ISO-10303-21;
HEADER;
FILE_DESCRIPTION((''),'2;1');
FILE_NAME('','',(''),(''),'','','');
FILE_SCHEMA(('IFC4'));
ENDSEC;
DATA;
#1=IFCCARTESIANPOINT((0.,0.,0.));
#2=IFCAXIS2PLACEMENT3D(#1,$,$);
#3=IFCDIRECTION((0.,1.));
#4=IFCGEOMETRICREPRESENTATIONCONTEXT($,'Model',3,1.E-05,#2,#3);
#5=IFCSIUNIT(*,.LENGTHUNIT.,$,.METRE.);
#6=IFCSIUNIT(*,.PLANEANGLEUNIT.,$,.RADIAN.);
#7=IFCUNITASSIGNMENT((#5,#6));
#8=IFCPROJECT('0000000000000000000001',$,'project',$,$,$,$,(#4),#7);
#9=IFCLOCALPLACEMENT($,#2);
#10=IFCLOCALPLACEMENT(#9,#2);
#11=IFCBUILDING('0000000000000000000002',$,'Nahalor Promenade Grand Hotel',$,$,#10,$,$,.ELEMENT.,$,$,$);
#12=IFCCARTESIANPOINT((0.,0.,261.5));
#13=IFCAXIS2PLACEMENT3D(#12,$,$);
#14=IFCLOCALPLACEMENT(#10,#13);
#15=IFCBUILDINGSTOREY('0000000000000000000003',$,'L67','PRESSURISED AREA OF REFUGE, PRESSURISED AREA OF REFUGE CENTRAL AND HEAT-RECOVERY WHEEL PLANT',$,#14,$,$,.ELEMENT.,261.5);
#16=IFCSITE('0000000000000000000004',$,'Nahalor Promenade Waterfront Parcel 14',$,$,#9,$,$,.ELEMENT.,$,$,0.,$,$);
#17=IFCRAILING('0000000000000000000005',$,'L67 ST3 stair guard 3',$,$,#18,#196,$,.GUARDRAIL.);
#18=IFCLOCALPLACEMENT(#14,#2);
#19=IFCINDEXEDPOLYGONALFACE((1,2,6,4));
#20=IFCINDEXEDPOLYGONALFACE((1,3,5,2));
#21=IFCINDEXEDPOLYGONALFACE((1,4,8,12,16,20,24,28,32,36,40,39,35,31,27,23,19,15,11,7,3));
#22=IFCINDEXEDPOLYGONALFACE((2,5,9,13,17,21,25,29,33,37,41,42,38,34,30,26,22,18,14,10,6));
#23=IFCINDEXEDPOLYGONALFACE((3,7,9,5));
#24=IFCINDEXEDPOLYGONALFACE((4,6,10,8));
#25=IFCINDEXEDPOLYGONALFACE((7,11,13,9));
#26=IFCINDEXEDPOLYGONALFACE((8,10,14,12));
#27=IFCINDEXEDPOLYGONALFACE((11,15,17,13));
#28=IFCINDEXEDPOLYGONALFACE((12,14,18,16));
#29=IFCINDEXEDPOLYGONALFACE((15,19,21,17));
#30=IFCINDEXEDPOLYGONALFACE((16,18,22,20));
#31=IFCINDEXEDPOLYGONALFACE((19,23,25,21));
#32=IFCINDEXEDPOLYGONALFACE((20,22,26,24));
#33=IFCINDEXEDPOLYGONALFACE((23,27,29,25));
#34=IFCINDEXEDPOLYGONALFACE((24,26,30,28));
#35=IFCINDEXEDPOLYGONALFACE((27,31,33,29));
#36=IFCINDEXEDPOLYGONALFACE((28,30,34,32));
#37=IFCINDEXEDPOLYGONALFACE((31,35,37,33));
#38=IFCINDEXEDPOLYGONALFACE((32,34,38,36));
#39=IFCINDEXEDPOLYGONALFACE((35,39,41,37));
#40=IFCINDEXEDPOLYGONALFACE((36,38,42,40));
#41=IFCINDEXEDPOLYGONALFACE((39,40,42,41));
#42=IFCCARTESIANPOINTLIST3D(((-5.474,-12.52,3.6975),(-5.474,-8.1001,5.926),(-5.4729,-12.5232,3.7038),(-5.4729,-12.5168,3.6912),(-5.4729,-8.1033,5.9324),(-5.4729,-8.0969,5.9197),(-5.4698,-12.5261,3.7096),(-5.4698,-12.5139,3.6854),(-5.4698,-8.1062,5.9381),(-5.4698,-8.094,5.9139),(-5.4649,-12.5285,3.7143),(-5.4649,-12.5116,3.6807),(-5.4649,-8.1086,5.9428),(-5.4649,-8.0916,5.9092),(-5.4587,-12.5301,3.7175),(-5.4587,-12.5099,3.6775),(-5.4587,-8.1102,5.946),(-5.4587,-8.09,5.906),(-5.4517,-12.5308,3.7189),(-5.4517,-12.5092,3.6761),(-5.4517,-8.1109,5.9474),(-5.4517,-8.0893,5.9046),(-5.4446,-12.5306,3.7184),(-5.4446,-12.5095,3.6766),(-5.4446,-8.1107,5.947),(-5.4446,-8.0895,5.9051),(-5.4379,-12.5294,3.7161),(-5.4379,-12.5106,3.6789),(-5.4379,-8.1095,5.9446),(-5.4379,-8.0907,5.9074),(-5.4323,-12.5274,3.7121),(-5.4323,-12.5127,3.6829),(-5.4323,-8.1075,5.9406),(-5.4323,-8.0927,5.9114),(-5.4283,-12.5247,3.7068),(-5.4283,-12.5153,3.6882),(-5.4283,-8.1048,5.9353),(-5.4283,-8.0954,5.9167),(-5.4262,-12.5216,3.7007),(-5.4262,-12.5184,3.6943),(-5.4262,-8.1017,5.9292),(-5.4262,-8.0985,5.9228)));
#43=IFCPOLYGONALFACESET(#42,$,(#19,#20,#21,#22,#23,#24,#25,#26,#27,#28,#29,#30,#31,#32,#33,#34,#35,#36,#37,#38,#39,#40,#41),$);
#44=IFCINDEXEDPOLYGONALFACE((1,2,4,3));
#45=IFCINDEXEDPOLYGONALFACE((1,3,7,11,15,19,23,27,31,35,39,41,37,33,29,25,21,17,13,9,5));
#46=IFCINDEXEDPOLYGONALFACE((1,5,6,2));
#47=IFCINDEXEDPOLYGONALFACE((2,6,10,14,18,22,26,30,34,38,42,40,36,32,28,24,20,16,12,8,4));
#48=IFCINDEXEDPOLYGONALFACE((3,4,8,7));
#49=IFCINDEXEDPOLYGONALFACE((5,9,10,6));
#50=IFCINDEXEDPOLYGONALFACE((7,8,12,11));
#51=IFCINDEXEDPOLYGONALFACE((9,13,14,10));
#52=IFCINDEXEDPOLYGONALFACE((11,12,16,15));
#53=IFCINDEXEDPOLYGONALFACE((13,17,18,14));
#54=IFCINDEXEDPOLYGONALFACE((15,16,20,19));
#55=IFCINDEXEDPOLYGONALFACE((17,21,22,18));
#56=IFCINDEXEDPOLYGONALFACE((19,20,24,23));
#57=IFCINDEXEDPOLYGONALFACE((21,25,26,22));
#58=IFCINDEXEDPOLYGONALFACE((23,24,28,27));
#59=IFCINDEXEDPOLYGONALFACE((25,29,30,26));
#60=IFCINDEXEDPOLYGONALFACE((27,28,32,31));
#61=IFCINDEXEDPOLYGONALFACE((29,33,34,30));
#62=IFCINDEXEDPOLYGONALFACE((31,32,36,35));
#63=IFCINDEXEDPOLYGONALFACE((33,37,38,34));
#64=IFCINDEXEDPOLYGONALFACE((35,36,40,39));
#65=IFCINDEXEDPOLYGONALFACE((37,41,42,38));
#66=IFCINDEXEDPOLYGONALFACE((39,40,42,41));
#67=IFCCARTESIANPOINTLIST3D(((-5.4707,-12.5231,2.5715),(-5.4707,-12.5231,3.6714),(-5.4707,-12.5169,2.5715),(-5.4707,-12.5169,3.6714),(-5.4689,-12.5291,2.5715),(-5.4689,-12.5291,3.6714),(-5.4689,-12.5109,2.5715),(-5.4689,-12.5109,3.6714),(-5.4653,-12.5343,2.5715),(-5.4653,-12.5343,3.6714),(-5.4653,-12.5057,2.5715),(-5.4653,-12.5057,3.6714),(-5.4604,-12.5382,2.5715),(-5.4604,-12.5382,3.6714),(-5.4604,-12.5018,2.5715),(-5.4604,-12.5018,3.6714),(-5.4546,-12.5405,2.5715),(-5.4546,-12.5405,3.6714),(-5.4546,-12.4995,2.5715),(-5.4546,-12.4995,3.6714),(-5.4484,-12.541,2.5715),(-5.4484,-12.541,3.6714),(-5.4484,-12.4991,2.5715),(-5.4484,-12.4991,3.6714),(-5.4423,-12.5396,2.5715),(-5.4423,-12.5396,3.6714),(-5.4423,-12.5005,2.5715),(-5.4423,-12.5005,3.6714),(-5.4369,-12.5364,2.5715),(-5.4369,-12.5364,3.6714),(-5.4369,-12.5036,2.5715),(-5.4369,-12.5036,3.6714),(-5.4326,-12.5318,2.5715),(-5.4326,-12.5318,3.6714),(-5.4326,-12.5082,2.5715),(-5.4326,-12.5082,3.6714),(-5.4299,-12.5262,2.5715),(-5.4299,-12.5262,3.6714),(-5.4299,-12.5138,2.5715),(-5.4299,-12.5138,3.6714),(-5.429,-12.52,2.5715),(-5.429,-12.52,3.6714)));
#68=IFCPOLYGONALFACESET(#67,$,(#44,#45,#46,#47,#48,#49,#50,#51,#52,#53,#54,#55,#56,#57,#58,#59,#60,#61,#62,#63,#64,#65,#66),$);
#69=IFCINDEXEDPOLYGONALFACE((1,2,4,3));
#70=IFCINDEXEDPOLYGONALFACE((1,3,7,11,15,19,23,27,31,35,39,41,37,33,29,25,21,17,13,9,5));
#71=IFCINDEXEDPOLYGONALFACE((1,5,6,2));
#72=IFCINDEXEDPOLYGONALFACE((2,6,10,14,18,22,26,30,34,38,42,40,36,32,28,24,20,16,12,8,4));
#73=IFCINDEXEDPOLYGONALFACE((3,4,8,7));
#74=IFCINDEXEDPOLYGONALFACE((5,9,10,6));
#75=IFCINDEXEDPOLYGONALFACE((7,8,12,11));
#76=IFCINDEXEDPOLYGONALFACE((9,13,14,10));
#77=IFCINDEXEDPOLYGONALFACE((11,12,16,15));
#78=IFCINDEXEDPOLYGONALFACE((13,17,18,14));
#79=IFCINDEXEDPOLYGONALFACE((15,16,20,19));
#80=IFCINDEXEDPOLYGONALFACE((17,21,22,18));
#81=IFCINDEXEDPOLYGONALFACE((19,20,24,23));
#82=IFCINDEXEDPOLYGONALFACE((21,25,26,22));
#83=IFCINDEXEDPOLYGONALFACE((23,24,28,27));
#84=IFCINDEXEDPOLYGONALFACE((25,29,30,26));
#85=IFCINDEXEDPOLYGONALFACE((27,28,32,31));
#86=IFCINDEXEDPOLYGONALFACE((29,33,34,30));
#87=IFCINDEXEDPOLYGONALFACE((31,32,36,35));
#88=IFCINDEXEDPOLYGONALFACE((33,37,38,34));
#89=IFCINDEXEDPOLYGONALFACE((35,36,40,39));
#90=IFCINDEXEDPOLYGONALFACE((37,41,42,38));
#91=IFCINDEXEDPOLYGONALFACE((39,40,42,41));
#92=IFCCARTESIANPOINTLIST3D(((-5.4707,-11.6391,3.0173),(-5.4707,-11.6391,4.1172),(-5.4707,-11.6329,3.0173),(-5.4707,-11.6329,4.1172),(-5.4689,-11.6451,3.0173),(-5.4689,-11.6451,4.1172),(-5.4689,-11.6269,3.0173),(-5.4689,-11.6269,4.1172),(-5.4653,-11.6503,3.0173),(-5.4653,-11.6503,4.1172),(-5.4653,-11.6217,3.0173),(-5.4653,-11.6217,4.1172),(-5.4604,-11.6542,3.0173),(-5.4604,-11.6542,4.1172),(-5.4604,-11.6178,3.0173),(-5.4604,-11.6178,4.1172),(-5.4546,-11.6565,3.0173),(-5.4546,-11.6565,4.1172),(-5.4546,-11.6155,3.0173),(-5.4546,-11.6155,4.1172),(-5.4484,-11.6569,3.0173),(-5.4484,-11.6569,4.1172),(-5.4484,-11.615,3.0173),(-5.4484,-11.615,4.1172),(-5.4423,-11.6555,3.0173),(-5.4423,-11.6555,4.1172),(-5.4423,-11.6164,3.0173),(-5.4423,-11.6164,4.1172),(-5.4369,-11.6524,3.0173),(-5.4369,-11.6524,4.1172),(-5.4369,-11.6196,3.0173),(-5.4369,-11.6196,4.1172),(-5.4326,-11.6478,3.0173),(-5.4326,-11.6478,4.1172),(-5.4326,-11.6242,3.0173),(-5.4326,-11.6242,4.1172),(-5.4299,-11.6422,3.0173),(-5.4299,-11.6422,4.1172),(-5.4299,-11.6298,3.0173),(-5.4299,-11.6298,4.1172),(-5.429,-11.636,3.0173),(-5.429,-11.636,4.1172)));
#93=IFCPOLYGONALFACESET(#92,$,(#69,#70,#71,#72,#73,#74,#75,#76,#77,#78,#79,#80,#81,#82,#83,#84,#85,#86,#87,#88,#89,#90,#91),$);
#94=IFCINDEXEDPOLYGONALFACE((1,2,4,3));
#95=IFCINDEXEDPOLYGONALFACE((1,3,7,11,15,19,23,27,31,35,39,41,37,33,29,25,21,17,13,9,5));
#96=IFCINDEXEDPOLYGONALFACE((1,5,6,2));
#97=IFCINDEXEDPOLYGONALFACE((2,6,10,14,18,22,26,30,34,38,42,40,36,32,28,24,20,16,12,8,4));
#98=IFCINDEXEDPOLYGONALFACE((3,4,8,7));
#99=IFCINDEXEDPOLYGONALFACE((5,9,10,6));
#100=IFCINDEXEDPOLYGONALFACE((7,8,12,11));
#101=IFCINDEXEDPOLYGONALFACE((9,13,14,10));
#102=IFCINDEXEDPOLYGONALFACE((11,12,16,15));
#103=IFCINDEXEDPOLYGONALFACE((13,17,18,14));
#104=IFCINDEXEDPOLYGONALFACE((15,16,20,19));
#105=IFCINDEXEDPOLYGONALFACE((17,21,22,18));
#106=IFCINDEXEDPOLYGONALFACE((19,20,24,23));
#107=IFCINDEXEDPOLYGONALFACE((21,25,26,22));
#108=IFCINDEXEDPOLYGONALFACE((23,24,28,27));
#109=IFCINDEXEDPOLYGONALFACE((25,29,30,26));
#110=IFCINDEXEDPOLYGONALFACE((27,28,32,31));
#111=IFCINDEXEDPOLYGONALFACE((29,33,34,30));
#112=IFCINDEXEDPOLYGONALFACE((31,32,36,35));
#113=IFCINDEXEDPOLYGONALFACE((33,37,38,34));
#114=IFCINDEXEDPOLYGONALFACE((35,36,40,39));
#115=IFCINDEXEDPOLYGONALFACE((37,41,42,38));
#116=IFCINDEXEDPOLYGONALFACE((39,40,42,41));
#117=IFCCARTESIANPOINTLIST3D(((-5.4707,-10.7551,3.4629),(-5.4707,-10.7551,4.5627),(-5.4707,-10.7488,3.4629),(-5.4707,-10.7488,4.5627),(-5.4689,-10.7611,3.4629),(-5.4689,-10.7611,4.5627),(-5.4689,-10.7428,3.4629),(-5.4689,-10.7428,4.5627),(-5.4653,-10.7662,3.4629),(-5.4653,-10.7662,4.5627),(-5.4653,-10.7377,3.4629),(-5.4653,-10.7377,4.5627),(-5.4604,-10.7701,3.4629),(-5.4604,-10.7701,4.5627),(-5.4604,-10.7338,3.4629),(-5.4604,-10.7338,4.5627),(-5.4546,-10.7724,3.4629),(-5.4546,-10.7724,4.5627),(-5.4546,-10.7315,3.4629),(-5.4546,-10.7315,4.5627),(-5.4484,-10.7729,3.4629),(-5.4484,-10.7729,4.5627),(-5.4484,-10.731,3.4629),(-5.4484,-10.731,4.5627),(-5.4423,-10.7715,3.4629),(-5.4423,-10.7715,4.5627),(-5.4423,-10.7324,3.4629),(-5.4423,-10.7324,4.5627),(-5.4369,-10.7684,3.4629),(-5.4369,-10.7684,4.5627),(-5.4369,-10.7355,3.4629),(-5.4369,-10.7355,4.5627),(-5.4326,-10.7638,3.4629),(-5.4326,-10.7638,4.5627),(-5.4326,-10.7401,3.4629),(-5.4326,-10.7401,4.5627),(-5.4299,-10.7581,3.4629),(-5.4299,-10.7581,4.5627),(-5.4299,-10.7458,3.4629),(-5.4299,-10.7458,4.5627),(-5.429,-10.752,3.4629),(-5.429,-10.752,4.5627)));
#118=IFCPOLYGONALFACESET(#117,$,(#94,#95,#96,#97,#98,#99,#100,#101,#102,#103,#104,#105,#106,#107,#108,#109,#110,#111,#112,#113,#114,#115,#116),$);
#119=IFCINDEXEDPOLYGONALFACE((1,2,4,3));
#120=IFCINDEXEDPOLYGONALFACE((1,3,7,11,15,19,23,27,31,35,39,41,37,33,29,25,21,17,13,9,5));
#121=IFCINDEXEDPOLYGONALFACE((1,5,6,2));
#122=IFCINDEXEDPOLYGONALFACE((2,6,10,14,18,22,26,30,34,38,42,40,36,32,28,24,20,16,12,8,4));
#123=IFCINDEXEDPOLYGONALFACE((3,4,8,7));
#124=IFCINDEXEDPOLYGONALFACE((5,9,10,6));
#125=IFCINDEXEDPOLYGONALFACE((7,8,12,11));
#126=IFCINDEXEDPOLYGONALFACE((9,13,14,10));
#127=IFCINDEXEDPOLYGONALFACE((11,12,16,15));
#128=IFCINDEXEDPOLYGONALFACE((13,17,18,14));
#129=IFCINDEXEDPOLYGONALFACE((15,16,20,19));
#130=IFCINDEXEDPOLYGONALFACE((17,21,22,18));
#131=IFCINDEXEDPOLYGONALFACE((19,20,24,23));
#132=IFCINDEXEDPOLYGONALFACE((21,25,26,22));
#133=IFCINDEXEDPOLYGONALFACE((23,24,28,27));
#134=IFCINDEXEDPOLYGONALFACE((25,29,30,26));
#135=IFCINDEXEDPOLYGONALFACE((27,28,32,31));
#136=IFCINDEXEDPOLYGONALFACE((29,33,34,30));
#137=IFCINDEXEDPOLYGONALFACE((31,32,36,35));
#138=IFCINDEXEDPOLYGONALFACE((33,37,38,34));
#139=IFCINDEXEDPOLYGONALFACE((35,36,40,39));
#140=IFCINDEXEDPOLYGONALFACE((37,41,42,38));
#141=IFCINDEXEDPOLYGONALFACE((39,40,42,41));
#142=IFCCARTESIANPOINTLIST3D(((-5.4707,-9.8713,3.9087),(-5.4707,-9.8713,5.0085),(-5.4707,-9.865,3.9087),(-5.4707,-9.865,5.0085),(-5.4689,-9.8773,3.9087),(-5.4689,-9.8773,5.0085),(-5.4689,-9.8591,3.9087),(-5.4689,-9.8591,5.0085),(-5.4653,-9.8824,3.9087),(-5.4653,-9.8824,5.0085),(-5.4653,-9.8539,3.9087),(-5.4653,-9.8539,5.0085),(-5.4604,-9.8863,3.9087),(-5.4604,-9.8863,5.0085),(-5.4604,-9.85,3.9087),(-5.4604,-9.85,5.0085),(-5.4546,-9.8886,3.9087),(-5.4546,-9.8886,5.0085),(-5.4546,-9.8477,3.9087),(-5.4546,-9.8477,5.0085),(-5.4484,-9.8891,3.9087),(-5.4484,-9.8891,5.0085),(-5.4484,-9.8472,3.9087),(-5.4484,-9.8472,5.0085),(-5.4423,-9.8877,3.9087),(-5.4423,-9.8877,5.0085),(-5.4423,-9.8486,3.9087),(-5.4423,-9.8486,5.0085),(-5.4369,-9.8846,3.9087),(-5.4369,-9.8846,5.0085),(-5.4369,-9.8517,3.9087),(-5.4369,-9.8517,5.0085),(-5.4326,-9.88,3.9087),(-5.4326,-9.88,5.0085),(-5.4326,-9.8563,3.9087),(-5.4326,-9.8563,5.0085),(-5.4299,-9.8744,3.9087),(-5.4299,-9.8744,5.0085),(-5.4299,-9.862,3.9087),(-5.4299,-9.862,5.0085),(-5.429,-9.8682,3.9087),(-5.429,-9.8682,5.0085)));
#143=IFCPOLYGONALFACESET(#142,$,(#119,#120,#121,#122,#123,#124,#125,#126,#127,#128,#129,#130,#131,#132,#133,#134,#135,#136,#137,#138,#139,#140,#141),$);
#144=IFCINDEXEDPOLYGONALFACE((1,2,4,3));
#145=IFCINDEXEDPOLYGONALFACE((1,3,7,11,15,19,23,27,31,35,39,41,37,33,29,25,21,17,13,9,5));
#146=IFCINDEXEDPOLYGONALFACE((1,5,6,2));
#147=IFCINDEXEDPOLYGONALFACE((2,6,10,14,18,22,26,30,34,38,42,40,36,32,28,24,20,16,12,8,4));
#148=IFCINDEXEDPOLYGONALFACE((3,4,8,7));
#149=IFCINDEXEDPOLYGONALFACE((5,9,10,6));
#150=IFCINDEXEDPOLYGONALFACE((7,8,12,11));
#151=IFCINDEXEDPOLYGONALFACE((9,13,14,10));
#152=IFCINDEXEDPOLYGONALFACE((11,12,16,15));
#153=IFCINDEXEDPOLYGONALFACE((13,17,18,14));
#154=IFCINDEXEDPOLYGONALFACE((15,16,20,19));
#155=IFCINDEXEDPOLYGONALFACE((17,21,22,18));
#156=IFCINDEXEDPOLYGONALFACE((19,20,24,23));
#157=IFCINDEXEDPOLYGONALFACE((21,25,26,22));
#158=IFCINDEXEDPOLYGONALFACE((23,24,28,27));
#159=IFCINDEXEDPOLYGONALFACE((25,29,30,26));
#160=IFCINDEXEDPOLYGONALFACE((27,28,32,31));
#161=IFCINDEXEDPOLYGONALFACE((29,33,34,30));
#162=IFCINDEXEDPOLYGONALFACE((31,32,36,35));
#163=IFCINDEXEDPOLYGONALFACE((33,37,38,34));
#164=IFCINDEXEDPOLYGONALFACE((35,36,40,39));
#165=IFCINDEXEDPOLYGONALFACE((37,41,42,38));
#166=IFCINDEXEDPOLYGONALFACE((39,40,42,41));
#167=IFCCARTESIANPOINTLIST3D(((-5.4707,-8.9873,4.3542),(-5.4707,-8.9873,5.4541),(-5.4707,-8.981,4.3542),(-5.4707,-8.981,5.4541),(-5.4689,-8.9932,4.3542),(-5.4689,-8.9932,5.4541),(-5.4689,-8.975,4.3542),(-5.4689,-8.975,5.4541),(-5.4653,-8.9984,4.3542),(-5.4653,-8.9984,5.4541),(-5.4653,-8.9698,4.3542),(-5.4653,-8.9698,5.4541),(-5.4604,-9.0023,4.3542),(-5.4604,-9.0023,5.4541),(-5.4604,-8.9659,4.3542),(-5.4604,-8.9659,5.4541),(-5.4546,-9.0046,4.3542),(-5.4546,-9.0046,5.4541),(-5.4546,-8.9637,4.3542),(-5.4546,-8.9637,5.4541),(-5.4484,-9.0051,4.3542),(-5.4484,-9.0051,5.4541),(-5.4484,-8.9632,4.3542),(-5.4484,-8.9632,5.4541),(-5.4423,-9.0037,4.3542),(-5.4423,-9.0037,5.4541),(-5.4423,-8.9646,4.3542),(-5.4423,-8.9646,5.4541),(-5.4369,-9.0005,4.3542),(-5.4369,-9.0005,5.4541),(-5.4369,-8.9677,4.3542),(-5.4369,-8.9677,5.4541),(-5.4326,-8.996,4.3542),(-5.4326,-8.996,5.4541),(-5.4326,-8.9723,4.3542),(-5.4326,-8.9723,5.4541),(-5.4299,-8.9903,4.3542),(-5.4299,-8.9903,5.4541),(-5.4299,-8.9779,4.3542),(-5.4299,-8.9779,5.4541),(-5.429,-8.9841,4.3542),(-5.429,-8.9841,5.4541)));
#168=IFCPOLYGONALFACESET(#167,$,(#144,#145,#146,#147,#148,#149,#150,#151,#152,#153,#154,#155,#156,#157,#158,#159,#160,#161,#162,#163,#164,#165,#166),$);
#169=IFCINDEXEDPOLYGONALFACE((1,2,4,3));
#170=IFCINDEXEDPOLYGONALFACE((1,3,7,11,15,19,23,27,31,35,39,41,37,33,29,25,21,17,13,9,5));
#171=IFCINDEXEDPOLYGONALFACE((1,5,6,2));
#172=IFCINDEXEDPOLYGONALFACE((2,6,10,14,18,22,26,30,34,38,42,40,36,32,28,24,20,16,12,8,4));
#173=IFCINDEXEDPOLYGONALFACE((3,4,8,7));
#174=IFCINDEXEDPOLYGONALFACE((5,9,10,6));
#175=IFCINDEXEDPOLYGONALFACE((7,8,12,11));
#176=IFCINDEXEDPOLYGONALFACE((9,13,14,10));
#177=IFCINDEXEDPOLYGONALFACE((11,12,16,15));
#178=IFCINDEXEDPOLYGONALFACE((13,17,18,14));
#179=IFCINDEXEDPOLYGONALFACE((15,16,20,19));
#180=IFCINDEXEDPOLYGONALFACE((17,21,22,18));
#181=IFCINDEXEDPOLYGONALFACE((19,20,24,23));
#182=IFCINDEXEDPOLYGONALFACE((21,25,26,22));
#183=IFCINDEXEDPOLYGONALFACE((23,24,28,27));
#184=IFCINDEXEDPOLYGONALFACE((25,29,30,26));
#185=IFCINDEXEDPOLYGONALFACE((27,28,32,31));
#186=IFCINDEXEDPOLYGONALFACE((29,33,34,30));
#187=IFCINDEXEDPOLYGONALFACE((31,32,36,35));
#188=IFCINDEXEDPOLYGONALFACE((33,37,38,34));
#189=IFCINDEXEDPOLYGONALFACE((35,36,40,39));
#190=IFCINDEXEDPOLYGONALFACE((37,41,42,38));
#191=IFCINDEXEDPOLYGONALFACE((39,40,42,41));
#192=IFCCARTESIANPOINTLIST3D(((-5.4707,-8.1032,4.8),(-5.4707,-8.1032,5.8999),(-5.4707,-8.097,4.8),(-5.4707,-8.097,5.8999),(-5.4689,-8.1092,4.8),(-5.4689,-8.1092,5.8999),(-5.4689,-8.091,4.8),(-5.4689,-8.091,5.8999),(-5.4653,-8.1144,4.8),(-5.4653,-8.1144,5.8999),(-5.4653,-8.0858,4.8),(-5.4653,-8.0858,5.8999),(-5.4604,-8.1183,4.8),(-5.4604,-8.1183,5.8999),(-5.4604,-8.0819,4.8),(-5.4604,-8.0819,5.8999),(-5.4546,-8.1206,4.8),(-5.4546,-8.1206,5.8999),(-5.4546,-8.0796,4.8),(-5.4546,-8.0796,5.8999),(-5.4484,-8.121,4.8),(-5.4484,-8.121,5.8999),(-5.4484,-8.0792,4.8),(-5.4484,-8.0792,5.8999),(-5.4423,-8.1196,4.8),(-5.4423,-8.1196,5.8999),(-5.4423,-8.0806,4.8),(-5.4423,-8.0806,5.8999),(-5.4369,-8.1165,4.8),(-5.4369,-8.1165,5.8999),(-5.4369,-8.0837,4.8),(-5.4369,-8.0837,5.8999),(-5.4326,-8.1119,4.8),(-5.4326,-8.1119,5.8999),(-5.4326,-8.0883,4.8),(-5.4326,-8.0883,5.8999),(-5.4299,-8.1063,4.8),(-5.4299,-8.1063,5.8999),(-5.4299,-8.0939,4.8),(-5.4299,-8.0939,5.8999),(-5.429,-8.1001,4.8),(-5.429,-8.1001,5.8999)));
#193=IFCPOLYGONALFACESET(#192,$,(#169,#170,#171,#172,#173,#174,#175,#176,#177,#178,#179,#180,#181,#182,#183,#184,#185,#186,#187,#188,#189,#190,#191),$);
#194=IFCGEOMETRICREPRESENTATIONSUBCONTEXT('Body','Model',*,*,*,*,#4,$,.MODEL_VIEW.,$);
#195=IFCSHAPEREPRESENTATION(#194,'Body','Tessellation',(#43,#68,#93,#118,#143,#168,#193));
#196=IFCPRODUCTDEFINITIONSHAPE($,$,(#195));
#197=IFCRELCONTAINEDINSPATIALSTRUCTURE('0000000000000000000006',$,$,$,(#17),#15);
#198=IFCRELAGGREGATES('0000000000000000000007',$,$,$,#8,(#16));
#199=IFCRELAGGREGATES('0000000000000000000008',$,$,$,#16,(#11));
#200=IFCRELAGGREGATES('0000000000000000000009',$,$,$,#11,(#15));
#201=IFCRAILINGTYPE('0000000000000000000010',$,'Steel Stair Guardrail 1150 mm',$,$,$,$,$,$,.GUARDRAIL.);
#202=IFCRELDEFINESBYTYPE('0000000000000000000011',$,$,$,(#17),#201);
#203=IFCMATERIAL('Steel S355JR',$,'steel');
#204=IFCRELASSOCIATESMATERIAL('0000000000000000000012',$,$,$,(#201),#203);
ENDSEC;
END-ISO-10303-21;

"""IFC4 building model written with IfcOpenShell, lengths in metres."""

from ifc_helpers import new_model, si_unit, direction, frame, origin, origin_2d, place, context, subcontext, project, spatial, circle, extrude, material, type_object, element, save


model = new_model("IFC4")

# Units and contexts
model_context = context("Model", 3, precision=1e-05, world=origin(), true_north=direction((0.0, 1.0)))
body_context = subcontext(model_context, "Body", "Model", "MODEL_VIEW")
ifc_project = project(units=[si_unit("LENGTHUNIT", "METRE"), si_unit("PLANEANGLEUNIT", "RADIAN")], contexts=[model_context])

# Site, building, storey
site_placement = place(None, origin())
site = spatial("IfcSite", under=ifc_project, at=site_placement, Name="Nahalor Promenade Waterfront Parcel 14", CompositionType="ELEMENT", RefElevation=0.0)
building_placement = place(site_placement, origin())
building = spatial("IfcBuilding", under=site, at=building_placement, Name="Nahalor Promenade Grand Hotel", CompositionType="ELEMENT")
storey_placement = place(building_placement, frame((0.0, 0.0, 261.5)))
storey = spatial("IfcBuildingStorey", under=building, at=storey_placement, Name="L67", Description="PRESSURISED AREA OF REFUGE, PRESSURISED AREA OF REFUGE CENTRAL AND HEAT-RECOVERY WHEEL PLANT", CompositionType="ELEMENT", Elevation=261.5)

# Shared definitions
ifc_material_1 = material(Name="Steel S355JR", Category="steel")

# Railing
railing_type_1 = type_object("IfcRailingType", Name="Steel Stair Guardrail 1150 mm", PredefinedType="GUARDRAIL", material=ifc_material_1)
railing_1_placement = place(storey_placement, frame((-5.45, -12.52, 2.5715)))
element("IfcRailing", 1, at=railing_1_placement, inside=storey, type_object=railing_type_1, Name="L67 ST3 stair guard 3", PredefinedType="GUARDRAIL", context=body_context, shape_type="SweptSolid", body=[
    extrude(circle(Radius=0.024, at=origin_2d()), frame((0.0, 0.0, 1.126), z_axis=(0.0, 0.892923, 0.45021), x_axis=(-1.0, 0.0, 0.0)), (0.0, 0.0, 1.0), 4.95),
    extrude(circle(Radius=0.021, at=origin_2d()), origin(), (0.0, 0.0, 1.0), 1.0999),
    extrude(circle(Radius=0.021, at=origin_2d()), frame((0.0, 0.884, 0.4458)), (0.0, 0.0, 1.0), 1.0999),
    extrude(circle(Radius=0.021, at=origin_2d()), frame((0.0, 1.7681, 0.8914)), (0.0, 0.0, 1.0), 1.0999),
    extrude(circle(Radius=0.021, at=origin_2d()), frame((0.0, 2.6519, 1.3372)), (0.0, 0.0, 1.0), 1.0999),
    extrude(circle(Radius=0.021, at=origin_2d()), frame((0.0, 3.5359, 1.7827)), (0.0, 0.0, 1.0), 1.0999),
    extrude(circle(Radius=0.021, at=origin_2d()), frame((0.0, 4.4199, 2.2285)), (0.0, 0.0, 1.0), 1.0999),
])

save(model, "model.ifc")
